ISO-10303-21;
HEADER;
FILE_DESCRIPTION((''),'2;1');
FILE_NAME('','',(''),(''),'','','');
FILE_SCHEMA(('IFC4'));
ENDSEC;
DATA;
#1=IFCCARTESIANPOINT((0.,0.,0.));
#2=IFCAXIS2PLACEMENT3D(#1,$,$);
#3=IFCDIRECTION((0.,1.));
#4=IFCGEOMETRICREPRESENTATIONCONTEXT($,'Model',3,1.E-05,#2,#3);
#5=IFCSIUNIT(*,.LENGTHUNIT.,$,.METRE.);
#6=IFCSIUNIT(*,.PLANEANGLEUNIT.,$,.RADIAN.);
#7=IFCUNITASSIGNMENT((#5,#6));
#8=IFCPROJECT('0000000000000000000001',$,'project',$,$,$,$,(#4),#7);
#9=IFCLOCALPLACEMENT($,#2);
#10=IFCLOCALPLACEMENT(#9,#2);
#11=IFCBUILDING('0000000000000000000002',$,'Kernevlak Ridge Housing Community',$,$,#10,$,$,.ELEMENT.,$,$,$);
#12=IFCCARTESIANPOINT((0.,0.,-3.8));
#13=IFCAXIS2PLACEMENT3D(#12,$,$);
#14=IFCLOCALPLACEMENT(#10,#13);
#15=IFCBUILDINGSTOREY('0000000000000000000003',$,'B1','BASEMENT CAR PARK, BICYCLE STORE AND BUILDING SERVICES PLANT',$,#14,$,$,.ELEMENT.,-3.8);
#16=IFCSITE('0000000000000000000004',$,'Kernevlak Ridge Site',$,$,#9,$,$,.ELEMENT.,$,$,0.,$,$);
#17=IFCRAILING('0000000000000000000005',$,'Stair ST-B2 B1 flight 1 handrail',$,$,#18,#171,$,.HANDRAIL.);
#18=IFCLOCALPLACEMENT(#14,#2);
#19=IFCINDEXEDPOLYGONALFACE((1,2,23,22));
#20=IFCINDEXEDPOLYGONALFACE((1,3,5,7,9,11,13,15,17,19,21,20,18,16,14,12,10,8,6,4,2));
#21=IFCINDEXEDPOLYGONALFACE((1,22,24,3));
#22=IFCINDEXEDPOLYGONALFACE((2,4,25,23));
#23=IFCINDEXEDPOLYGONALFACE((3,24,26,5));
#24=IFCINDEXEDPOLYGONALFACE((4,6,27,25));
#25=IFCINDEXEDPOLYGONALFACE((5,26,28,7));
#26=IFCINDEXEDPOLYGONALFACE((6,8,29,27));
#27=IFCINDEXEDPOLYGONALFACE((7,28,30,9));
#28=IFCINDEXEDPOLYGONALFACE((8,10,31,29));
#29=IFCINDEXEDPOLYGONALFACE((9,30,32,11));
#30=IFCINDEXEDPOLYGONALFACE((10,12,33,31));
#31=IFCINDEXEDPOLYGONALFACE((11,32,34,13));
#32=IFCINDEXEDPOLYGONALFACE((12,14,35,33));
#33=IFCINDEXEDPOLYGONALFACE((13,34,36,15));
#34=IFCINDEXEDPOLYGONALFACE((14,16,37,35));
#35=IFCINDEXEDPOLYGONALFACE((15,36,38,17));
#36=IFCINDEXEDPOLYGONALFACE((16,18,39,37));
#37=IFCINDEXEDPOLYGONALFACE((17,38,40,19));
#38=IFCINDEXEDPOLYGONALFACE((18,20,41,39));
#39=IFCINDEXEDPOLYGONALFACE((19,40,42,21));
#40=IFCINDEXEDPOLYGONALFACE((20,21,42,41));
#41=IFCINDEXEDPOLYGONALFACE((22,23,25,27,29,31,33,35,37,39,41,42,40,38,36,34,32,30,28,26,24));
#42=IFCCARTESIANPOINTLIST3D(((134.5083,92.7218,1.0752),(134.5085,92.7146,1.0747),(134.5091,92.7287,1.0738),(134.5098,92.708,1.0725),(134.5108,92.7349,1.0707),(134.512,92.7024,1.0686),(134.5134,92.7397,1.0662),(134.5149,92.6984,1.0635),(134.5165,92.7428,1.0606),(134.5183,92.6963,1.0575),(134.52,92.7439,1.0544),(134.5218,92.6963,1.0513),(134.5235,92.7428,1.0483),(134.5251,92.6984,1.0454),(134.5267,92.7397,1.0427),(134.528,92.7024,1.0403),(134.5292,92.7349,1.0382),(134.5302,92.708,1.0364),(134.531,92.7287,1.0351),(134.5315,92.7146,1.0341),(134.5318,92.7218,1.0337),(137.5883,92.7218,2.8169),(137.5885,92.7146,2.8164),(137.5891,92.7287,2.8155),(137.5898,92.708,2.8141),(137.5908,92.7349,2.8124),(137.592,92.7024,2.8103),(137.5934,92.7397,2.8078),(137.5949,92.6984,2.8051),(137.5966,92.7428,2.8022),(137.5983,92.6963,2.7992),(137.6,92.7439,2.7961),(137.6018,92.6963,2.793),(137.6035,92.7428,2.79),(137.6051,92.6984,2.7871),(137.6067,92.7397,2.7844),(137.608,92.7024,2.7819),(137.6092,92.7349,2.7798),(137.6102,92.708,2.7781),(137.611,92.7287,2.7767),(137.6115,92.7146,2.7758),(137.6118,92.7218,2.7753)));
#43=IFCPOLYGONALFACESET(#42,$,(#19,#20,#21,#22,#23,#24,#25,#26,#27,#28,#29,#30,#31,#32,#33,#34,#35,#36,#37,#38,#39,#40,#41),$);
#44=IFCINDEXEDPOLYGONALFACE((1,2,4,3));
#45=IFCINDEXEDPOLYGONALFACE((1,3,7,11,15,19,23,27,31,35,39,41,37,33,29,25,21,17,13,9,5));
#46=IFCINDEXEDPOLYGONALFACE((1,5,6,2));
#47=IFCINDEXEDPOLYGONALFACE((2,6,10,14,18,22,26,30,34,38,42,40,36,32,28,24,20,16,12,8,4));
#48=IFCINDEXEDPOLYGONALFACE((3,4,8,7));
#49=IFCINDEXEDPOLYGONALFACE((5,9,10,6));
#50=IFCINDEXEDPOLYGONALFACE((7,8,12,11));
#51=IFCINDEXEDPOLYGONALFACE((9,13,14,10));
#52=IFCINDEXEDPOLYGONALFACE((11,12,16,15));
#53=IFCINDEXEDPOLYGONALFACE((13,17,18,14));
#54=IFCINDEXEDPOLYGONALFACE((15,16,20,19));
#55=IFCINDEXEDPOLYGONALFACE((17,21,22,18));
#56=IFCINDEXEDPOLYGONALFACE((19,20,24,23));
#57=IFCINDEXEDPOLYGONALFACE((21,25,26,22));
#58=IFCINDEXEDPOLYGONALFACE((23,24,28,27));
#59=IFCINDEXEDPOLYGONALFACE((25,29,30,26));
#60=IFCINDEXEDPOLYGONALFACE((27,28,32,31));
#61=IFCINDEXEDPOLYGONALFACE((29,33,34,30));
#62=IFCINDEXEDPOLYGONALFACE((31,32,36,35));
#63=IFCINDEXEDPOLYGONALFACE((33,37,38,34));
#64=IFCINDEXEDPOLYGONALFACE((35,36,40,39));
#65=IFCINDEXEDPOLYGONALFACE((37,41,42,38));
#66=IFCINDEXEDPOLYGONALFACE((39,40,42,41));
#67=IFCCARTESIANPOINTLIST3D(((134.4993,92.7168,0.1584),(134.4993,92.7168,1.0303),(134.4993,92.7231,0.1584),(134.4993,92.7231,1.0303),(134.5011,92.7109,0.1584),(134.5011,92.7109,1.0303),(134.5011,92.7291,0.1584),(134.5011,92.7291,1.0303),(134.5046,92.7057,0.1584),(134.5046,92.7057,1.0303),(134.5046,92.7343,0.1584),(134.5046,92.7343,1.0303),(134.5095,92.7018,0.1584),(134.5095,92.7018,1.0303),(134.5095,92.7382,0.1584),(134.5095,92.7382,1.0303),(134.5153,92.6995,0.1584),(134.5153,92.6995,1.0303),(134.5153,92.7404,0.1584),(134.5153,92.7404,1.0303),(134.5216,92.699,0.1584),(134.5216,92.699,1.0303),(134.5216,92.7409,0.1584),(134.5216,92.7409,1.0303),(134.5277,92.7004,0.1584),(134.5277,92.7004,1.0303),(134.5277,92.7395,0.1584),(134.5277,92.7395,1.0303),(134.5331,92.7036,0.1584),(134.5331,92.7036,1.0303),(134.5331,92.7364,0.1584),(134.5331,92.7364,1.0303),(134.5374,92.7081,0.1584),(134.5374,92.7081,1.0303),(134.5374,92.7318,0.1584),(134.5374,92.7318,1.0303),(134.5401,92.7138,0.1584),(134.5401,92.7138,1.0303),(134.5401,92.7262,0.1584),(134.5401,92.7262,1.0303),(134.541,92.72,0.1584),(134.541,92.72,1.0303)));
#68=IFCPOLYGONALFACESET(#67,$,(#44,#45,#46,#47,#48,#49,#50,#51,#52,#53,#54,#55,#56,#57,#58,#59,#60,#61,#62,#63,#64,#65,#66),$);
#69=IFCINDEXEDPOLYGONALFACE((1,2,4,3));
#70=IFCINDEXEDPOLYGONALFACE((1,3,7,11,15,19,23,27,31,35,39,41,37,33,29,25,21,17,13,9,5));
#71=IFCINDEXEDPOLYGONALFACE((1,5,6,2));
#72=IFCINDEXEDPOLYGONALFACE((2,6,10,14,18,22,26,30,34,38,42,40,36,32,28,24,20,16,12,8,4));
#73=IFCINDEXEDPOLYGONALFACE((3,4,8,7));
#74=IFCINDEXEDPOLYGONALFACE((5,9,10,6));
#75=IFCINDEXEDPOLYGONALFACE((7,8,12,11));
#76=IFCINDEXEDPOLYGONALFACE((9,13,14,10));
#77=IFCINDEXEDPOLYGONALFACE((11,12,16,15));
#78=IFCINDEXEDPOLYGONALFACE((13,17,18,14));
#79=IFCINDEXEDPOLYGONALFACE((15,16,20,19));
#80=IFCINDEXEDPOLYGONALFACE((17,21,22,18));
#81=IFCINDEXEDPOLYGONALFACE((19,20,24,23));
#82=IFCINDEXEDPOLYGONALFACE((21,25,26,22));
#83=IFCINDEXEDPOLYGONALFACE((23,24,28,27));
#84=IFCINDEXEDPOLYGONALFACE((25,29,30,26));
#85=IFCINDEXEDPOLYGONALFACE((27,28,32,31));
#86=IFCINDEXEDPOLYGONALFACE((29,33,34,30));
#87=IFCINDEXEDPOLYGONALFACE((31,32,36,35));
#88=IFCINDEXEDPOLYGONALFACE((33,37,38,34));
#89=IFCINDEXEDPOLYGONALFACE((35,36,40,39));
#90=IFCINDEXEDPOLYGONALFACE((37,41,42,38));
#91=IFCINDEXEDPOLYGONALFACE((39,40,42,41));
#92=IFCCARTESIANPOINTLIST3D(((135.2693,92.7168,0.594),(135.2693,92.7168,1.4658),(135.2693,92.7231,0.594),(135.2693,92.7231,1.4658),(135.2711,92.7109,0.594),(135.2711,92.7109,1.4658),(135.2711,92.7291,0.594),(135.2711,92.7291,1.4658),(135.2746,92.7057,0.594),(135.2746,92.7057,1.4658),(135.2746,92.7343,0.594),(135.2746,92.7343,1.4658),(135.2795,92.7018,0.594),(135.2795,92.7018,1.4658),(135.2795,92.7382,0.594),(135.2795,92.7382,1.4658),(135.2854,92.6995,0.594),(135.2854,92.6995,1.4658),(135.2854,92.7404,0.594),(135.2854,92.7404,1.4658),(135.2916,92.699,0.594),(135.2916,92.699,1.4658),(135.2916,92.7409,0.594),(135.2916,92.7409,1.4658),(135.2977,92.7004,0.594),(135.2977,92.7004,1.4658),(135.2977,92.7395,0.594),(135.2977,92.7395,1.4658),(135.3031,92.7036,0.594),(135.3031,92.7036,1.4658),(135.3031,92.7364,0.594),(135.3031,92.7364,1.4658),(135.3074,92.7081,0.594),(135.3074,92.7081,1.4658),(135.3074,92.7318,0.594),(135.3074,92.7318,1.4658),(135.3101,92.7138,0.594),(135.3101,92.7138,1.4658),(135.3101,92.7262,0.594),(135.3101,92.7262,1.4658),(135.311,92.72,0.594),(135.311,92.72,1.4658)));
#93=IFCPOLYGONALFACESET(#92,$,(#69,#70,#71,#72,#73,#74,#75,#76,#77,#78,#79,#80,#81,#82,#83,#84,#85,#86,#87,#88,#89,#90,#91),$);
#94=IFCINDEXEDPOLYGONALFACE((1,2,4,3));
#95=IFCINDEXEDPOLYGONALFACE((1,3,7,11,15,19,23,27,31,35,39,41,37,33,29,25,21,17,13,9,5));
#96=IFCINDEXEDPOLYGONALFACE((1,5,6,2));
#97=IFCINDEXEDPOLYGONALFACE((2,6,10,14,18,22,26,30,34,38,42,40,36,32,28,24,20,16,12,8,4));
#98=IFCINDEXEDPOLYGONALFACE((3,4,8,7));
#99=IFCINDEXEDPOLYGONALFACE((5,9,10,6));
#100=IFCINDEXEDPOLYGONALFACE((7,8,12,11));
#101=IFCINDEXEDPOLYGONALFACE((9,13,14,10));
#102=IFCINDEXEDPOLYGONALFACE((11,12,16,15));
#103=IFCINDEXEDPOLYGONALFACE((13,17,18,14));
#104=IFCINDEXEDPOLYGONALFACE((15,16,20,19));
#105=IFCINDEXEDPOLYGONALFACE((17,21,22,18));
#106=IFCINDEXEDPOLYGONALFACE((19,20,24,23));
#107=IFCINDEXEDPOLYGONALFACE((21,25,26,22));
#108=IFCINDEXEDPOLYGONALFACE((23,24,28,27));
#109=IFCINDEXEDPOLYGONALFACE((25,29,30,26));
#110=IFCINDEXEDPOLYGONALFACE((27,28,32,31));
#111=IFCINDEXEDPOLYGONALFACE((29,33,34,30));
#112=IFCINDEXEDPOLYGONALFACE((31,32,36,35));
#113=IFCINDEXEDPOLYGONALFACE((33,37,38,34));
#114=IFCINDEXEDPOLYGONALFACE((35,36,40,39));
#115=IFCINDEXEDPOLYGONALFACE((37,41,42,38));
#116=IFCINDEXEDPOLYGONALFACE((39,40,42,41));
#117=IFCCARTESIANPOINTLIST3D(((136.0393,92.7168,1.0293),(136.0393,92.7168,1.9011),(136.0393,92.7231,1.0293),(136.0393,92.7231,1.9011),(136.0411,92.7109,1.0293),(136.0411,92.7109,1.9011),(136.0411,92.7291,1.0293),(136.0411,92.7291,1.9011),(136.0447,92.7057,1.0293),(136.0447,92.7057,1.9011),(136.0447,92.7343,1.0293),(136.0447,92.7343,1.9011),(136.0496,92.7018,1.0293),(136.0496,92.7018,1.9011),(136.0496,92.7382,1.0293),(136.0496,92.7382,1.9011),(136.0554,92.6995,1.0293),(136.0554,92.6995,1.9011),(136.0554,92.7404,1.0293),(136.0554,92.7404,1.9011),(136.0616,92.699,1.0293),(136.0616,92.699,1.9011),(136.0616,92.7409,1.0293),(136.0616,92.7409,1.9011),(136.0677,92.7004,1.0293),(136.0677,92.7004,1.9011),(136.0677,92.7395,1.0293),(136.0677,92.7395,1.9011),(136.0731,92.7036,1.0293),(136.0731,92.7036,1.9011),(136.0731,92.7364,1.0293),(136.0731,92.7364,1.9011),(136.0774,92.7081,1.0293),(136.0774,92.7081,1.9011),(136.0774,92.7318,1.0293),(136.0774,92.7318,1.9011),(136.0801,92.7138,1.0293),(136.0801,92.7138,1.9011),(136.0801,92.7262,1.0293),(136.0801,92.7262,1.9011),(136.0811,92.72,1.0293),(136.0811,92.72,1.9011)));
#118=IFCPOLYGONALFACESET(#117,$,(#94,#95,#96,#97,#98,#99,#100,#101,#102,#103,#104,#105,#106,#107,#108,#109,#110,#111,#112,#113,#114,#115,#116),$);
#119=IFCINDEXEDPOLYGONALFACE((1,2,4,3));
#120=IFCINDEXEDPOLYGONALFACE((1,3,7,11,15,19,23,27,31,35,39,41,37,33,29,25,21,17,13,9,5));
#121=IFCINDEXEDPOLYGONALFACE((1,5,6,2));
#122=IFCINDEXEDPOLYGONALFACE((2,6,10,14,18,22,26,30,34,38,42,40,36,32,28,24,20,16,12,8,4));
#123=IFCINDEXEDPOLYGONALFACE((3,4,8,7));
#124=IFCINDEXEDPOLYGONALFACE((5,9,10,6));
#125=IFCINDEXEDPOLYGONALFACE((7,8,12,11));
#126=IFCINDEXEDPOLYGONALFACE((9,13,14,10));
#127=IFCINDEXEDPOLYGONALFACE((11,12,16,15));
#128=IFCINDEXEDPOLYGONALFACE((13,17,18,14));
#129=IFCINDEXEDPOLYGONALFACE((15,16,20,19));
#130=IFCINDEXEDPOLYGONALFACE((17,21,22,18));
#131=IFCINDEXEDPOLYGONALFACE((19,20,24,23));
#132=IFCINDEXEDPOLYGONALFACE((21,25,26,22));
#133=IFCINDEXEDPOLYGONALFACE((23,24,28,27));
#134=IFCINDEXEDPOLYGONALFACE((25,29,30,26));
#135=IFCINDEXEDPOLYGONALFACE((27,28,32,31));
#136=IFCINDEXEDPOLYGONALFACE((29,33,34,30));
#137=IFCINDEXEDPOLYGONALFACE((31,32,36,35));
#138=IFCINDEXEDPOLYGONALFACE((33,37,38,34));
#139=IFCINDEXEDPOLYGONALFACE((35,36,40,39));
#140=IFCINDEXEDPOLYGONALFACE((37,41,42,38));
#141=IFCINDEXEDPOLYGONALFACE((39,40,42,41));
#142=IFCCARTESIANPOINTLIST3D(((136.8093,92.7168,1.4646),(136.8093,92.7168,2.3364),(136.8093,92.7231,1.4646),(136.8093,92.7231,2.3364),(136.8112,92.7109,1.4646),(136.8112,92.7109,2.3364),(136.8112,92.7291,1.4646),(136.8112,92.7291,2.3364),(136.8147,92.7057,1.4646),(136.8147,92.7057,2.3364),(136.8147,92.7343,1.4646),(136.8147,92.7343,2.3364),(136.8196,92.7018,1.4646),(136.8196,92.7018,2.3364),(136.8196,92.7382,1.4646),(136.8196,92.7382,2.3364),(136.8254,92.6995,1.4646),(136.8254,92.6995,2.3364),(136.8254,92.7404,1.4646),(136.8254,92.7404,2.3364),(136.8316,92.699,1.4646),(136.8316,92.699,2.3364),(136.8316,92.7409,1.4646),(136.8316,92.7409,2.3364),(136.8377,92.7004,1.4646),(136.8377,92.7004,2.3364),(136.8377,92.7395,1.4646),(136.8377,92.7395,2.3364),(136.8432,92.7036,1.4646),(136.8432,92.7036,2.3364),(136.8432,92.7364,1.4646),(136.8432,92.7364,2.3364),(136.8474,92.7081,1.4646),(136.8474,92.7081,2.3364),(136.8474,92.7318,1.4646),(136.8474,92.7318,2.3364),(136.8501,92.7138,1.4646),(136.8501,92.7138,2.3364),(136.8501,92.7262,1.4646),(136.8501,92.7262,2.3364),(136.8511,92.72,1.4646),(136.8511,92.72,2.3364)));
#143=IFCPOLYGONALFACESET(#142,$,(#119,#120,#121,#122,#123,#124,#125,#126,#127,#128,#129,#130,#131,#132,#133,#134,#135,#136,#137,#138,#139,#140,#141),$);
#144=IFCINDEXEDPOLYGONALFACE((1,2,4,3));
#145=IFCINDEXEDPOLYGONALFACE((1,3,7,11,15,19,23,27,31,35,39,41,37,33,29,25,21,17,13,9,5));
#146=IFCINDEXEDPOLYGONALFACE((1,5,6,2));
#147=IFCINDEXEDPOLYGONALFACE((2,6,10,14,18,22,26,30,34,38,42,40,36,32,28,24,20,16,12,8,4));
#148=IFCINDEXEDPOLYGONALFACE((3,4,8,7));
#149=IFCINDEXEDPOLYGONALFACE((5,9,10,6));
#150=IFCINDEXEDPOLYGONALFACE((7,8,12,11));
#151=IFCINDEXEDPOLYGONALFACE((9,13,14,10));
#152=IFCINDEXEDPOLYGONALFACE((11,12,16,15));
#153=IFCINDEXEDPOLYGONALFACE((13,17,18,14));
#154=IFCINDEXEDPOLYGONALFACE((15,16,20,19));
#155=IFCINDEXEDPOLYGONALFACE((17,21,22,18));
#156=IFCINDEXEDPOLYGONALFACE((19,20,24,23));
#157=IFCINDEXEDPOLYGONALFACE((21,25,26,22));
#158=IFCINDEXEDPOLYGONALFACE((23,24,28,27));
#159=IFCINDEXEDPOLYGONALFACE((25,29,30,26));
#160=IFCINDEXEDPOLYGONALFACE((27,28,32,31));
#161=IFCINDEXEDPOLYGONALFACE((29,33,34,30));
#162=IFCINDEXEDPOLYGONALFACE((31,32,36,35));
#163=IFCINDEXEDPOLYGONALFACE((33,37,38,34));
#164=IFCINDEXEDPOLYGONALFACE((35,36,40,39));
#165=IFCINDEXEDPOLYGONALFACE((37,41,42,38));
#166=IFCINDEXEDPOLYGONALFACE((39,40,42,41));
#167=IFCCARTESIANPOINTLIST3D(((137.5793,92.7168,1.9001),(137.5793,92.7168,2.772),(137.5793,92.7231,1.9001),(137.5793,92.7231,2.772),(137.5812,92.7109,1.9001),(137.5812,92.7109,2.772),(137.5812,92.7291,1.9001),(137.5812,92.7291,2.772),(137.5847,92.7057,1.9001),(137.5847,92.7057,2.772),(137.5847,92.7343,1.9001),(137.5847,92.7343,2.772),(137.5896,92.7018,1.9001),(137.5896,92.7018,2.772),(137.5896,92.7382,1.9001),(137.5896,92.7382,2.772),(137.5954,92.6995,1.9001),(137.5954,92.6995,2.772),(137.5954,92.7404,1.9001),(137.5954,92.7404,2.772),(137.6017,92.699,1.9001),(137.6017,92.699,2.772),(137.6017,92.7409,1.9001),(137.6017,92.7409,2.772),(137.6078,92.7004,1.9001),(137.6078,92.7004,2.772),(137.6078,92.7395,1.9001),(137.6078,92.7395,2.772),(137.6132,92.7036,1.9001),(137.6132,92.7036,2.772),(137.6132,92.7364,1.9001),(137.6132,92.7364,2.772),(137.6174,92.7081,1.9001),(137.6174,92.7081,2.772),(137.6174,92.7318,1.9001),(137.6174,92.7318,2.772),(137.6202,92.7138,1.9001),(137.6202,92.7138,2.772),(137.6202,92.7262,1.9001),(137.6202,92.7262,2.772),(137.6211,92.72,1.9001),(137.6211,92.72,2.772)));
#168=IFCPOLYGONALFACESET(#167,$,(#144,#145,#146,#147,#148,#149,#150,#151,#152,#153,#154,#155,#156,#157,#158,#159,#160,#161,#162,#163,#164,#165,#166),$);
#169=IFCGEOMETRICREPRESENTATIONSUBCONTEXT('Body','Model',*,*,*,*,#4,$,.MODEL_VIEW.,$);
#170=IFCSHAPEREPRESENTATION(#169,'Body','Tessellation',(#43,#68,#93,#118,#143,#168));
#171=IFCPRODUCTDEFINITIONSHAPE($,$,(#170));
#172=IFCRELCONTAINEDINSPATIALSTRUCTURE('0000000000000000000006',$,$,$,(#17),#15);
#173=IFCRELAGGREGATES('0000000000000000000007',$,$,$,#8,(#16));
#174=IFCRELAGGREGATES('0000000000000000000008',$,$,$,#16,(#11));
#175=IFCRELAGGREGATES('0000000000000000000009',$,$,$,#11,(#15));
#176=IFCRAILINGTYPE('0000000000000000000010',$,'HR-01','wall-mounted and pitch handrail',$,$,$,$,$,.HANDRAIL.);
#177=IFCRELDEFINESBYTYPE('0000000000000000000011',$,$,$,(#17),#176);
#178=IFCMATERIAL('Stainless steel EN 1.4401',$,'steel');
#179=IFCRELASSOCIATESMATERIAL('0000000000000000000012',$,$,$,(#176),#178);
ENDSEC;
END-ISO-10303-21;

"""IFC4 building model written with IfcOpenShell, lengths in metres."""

from ifc_helpers import new_model, si_unit, direction, frame, origin, origin_2d, place, context, subcontext, project, spatial, circle, extrude, material, type_object, element, save


model = new_model("IFC4")

# Units and contexts
model_context = context("Model", 3, precision=1e-05, world=origin(), true_north=direction((0.0, 1.0)))
body_context = subcontext(model_context, "Body", "Model", "MODEL_VIEW")
ifc_project = project(units=[si_unit("LENGTHUNIT", "METRE"), si_unit("PLANEANGLEUNIT", "RADIAN")], contexts=[model_context])

# Site, building, storey
site_placement = place(None, origin())
site = spatial("IfcSite", under=ifc_project, at=site_placement, Name="Kernevlak Ridge Site", CompositionType="ELEMENT", RefElevation=0.0)
building_placement = place(site_placement, origin())
building = spatial("IfcBuilding", under=site, at=building_placement, Name="Kernevlak Ridge Housing Community", CompositionType="ELEMENT")
storey_placement = place(building_placement, frame((0.0, 0.0, -3.8)))
storey = spatial("IfcBuildingStorey", under=building, at=storey_placement, Name="B1", Description="BASEMENT CAR PARK, BICYCLE STORE AND BUILDING SERVICES PLANT", CompositionType="ELEMENT", Elevation=-3.8)

# Railing
ifc_material_1 = material(Name="Stainless steel EN 1.4401", Category="steel")
railing_type = type_object("IfcRailingType", Name="HR-01", Description="wall-mounted and pitch handrail", PredefinedType="HANDRAIL", material=ifc_material_1)
railing_placement = place(storey_placement, frame((134.52, 92.72, 0.1584)))
element("IfcRailing", 1, at=railing_placement, inside=storey, type_object=railing_type, Name="Stair ST-B2 B1 flight 1 handrail", PredefinedType="HANDRAIL", context=body_context, shape_type="SweptSolid", body=[
    extrude(circle(Radius=0.0239, at=origin_2d()), frame((0.0, 0.0, 0.896), z_axis=(0.870468, 0.0, 0.492225), x_axis=(0.0, 1.0, 0.0)), (0.0, 0.0, 1.0), 3.5383),
    extrude(circle(Radius=0.021, at=origin_2d()), origin(), (0.0, 0.0, 1.0), 0.8718),
    extrude(circle(Radius=0.021, at=origin_2d()), frame((0.77, 0.0, 0.4355)), (0.0, 0.0, 1.0), 0.8718),
    extrude(circle(Radius=0.021, at=origin_2d()), frame((1.54, 0.0, 0.8708)), (0.0, 0.0, 1.0), 0.8718),
    extrude(circle(Radius=0.021, at=origin_2d()), frame((2.3101, 0.0, 1.3062)), (0.0, 0.0, 1.0), 0.8718),
    extrude(circle(Radius=0.021, at=origin_2d()), frame((3.0801, 0.0, 1.7417)), (0.0, 0.0, 1.0), 0.8718),
])

save(model, "model.ifc")
